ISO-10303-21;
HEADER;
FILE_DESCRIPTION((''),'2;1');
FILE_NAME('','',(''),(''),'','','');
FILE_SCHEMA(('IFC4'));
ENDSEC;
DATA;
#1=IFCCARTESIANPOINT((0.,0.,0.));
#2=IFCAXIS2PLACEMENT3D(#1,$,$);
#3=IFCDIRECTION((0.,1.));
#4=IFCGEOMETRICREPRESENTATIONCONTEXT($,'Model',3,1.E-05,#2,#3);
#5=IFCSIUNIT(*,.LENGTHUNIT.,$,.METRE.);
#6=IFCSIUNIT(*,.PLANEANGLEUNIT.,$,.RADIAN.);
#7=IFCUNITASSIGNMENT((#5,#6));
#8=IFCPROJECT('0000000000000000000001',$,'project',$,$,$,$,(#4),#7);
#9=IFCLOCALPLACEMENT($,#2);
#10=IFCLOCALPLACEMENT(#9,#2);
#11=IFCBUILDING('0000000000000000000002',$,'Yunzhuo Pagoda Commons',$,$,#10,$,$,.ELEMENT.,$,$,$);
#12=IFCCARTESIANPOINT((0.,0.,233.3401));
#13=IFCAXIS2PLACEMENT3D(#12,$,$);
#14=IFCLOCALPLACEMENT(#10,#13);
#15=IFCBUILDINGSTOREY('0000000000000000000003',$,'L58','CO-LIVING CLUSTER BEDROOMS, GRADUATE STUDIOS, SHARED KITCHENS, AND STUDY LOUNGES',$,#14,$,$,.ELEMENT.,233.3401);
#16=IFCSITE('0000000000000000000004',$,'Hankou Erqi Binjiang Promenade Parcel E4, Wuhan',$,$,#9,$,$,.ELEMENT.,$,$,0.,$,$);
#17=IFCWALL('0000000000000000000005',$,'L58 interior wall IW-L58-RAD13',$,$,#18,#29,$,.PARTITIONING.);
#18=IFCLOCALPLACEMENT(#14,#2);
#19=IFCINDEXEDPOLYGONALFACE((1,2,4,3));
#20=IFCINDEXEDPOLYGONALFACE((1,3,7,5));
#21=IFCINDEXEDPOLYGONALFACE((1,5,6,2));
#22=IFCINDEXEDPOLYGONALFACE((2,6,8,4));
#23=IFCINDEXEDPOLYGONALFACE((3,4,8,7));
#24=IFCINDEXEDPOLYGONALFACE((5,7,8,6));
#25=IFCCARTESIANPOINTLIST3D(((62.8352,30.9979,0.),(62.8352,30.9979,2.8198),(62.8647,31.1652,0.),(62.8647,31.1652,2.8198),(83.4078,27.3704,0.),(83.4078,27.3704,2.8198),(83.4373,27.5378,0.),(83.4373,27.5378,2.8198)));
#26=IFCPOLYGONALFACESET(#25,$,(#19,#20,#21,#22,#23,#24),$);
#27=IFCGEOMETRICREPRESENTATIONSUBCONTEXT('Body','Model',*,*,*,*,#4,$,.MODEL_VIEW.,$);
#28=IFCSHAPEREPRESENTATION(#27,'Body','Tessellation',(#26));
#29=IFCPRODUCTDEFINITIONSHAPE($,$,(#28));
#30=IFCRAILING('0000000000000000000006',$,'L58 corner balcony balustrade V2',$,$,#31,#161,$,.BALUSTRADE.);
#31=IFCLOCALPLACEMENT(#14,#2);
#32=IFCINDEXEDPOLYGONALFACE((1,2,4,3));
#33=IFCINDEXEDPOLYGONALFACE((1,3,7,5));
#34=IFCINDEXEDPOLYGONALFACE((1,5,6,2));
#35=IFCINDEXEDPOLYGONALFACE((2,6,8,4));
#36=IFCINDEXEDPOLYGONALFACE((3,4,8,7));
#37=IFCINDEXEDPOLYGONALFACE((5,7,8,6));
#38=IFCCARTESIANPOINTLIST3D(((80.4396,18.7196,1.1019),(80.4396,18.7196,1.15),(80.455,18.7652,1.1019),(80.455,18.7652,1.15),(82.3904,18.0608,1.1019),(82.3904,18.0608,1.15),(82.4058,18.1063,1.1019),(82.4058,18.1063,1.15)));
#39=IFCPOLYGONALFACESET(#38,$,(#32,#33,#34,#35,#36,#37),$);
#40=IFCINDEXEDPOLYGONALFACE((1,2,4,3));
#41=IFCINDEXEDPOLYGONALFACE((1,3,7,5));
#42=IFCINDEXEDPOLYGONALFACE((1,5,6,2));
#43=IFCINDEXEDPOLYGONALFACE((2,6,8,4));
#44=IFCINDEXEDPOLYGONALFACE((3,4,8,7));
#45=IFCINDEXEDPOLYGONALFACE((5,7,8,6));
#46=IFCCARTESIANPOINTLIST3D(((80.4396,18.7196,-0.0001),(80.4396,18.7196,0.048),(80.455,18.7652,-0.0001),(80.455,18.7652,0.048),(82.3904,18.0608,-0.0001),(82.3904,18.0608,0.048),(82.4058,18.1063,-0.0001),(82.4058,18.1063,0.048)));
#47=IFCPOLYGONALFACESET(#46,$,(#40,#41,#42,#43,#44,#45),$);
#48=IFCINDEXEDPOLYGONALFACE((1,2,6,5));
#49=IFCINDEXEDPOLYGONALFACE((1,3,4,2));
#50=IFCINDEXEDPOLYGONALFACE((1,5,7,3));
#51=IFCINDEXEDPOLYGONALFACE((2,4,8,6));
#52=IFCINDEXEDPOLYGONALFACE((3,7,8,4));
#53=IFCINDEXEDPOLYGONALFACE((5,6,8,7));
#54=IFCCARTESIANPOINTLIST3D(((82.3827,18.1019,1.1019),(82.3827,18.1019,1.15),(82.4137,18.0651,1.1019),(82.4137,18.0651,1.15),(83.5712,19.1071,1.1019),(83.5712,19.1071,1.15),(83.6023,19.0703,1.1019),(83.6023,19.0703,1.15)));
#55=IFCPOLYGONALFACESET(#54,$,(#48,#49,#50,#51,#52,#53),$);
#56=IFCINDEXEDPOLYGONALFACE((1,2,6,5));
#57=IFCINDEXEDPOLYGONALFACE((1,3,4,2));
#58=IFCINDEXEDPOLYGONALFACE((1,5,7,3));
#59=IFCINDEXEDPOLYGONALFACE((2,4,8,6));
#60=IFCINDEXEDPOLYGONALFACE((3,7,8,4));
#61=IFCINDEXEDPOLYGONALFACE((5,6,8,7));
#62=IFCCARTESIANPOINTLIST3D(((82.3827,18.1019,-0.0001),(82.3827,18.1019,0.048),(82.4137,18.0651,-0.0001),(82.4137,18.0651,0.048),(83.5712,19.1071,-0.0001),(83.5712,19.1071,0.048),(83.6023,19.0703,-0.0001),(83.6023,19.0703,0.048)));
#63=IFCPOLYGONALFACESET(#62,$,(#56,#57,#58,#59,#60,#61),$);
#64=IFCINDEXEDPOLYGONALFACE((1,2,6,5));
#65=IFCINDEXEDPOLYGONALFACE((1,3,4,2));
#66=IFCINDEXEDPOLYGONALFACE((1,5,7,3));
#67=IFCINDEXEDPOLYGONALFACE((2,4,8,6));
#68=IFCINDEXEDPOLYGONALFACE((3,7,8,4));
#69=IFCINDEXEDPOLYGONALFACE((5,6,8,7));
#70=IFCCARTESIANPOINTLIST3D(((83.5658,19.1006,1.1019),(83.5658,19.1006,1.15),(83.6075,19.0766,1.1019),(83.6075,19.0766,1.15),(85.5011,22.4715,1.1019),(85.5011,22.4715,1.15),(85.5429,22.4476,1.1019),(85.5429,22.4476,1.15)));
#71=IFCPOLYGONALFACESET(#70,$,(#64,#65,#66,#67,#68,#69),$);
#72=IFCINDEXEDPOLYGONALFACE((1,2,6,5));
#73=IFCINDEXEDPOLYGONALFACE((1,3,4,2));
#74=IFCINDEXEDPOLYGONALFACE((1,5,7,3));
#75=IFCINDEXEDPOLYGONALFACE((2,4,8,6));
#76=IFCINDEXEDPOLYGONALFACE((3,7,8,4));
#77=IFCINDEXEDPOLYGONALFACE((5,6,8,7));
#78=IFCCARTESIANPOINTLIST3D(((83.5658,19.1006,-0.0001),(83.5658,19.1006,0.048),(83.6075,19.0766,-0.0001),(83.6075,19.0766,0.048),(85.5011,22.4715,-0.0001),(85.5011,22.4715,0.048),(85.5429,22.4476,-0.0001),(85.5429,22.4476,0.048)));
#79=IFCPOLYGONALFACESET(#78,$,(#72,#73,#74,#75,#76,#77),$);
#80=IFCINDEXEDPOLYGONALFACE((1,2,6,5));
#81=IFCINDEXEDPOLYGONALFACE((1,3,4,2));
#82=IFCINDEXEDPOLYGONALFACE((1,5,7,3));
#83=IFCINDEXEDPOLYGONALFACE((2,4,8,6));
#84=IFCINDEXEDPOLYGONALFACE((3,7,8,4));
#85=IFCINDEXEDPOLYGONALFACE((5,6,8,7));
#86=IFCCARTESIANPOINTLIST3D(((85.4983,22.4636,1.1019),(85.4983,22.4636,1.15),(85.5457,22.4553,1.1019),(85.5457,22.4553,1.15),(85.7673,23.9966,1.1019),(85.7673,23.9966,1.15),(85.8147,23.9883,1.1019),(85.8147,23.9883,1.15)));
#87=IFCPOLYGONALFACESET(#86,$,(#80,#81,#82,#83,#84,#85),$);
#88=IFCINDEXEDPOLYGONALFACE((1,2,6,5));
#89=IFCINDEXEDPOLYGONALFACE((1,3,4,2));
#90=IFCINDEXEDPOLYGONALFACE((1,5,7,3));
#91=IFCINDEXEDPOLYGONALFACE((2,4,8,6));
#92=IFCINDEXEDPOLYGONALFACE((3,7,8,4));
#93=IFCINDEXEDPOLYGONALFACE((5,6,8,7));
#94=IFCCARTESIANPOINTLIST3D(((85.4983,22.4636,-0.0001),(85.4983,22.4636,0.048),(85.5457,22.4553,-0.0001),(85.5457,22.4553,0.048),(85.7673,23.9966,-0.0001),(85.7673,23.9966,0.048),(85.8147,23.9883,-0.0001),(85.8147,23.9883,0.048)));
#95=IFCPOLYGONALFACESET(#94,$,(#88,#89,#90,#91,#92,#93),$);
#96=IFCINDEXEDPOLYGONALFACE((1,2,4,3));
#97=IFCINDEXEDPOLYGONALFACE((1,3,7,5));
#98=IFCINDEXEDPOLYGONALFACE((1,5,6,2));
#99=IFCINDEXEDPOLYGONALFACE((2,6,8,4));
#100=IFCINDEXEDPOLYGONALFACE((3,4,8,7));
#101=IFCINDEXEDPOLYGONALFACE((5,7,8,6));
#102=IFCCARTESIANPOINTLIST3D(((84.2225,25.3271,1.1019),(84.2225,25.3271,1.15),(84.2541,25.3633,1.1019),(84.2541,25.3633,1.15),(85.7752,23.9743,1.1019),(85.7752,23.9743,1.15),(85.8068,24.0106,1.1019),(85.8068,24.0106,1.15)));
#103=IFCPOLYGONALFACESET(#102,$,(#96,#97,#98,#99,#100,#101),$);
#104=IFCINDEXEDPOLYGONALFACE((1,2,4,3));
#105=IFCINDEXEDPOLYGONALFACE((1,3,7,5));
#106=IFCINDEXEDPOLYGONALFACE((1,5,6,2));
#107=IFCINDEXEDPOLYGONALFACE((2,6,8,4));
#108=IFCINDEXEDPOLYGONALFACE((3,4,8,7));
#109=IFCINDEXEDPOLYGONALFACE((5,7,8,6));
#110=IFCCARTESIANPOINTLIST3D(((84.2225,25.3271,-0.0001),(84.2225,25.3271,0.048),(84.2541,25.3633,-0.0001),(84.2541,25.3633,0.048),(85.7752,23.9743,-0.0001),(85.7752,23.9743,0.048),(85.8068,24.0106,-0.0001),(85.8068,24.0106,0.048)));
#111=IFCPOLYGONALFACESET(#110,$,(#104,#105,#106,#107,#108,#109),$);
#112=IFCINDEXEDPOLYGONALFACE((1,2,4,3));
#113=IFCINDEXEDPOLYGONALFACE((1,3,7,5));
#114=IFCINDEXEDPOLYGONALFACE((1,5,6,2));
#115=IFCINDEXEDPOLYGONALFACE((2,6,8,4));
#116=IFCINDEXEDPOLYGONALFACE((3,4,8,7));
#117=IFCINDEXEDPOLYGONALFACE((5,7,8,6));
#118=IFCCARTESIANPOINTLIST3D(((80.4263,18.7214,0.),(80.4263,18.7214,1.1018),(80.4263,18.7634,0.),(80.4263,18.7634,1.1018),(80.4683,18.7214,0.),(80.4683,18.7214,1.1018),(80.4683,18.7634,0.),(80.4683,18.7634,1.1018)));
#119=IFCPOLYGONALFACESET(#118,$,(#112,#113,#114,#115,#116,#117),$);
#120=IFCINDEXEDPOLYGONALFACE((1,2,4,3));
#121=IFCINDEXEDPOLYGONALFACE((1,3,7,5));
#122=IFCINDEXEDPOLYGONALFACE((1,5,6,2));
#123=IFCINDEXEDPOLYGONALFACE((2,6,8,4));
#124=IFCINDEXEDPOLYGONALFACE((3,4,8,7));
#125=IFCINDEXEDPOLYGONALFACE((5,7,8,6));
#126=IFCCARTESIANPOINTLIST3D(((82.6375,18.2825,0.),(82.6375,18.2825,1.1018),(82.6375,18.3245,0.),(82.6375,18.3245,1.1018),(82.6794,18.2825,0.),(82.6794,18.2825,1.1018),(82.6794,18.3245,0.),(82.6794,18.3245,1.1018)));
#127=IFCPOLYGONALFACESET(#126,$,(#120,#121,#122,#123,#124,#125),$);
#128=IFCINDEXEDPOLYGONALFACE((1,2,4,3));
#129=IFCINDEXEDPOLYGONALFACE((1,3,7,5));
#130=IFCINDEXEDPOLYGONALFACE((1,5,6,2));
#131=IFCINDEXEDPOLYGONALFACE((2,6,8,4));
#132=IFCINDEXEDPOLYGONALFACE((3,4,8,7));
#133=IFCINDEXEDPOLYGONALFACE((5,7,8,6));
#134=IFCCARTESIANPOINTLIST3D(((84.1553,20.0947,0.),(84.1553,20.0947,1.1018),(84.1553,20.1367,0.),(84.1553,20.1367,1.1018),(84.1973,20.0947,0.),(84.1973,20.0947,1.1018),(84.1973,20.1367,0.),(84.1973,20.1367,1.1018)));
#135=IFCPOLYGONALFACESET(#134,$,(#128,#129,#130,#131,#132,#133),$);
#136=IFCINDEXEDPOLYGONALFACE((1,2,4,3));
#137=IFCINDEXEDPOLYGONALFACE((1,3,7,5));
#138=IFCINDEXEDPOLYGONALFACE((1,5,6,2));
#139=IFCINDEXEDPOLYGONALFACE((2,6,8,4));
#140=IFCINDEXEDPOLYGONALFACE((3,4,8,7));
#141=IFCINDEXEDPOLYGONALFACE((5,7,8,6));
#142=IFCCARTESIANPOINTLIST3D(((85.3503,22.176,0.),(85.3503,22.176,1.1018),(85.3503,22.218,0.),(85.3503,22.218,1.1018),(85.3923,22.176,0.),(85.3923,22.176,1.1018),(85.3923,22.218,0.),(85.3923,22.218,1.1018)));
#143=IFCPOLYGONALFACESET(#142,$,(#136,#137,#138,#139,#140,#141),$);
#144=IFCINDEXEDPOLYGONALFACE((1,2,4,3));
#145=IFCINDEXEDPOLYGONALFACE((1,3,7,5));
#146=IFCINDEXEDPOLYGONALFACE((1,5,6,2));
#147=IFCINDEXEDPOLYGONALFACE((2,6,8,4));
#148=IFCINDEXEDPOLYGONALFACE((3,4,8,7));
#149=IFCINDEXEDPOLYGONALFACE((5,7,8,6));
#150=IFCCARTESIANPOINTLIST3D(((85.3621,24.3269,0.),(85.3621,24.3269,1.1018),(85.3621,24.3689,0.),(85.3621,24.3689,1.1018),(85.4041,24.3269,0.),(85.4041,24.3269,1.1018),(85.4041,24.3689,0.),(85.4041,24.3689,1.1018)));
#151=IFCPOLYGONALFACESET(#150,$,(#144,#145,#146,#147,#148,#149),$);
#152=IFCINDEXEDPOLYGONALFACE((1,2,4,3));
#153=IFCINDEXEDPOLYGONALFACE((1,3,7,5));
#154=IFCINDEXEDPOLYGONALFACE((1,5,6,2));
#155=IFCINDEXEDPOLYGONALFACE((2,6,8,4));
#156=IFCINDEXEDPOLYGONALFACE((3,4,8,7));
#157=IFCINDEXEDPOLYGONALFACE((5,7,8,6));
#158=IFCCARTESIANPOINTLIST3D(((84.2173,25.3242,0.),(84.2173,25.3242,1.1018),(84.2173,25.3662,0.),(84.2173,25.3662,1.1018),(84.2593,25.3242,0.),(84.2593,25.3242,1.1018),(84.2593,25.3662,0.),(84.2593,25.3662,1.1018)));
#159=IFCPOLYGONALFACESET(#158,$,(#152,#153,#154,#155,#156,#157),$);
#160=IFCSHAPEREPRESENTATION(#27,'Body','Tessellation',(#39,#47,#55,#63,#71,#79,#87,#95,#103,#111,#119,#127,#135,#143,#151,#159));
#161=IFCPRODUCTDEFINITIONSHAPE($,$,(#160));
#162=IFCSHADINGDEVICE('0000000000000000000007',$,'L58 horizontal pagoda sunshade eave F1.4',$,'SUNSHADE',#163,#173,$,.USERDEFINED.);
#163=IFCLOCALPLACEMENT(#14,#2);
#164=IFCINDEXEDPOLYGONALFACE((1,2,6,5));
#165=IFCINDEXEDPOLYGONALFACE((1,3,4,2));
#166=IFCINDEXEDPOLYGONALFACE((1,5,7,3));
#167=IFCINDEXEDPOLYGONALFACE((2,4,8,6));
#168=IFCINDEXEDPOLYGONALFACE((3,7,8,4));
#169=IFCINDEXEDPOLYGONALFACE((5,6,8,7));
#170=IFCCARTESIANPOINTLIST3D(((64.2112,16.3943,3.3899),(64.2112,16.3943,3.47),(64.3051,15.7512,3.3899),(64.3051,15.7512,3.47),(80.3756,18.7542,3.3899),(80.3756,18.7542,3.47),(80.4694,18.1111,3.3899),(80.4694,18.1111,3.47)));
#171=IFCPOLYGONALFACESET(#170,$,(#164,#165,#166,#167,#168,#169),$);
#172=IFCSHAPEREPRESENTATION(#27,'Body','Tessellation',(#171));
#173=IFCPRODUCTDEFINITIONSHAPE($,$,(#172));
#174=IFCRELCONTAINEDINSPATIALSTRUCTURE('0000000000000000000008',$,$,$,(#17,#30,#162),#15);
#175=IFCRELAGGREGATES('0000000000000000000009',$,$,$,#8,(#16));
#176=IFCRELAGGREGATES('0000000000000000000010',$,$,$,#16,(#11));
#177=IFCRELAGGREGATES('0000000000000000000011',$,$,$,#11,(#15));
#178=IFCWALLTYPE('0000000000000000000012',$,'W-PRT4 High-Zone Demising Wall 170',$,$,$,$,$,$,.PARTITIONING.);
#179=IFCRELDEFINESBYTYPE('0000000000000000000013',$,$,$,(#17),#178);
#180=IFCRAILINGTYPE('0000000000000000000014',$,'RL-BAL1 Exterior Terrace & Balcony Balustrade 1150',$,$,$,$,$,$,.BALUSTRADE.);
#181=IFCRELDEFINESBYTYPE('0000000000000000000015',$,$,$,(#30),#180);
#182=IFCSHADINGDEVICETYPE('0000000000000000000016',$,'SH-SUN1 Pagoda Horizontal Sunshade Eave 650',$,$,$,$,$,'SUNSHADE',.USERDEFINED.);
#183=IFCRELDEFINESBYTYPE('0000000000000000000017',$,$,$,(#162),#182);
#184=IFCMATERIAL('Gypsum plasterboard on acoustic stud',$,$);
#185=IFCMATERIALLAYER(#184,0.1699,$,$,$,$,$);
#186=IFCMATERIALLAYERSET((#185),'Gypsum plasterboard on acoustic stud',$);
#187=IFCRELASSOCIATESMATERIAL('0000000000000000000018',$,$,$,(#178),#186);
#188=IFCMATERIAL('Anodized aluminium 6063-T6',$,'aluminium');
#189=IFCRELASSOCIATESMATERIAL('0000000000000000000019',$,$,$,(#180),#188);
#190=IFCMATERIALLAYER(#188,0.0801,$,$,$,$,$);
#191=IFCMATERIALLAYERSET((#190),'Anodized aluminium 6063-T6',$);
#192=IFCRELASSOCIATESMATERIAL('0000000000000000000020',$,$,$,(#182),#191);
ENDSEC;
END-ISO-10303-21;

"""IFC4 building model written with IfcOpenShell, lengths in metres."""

from ifc_helpers import new_model, si_unit, direction, frame, frame_2d, origin, origin_2d, place, context, subcontext, project, spatial, rectangle, extrude, source, transform, mapped, material, layer, layer_set, type_object, element, save


model = new_model("IFC4")

# Units and contexts
model_context = context("Model", 3, precision=1e-05, world=origin(), true_north=direction((0.0, 1.0)))
body_context = subcontext(model_context, "Body", "Model", "MODEL_VIEW")
ifc_project = project(units=[si_unit("LENGTHUNIT", "METRE"), si_unit("PLANEANGLEUNIT", "RADIAN")], contexts=[model_context])

# Site, building, storey
site_placement = place(None, origin())
site = spatial("IfcSite", under=ifc_project, at=site_placement, Name="Hankou Erqi Binjiang Promenade Parcel E4, Wuhan", CompositionType="ELEMENT", RefElevation=0.0)
building_placement = place(site_placement, origin())
building = spatial("IfcBuilding", under=site, at=building_placement, Name="Yunzhuo Pagoda Commons", CompositionType="ELEMENT")
storey_placement = place(building_placement, frame((0.0, 0.0, 233.3401)))
storey = spatial("IfcBuildingStorey", under=building, at=storey_placement, Name="L58", Description="CO-LIVING CLUSTER BEDROOMS, GRADUATE STUDIOS, SHARED KITCHENS, AND STUDY LOUNGES", CompositionType="ELEMENT", Elevation=233.3401)

# Shared definitions
ifc_material_1 = material(Name="Anodized aluminium 6063-T6", Category="aluminium")

# Wall
ifc_material_2 = material(Name="Gypsum plasterboard on acoustic stud")
ifc_layer_1 = layer(ifc_material_2, 0.1699)
ifc_layer_set_1 = layer_set([ifc_layer_1], Name="Gypsum plasterboard on acoustic stud")
wall_type_1 = type_object("IfcWallType", Name="W-PRT4 High-Zone Demising Wall 170", PredefinedType="PARTITIONING", material=ifc_layer_set_1)
wall_1_placement = place(storey_placement, frame((62.8501, 31.0815, 0.0), z_axis=(0.0, 0.0, 1.0), x_axis=(0.984808, -0.173646, 0.0)))
element("IfcWall", 1, at=wall_1_placement, inside=storey, type_object=wall_type_1, Name="L58 interior wall IW-L58-RAD13", PredefinedType="PARTITIONING", context=body_context, shape_type="SweptSolid", body=[
    extrude(rectangle(XDim=20.8899, YDim=0.1699, at=frame_2d((10.4448, 0.0))), origin(), (0.0, 0.0, 1.0), 2.8198),
])

# Railing
railing_type = type_object("IfcRailingType", Name="RL-BAL1 Exterior Terrace & Balcony Balustrade 1150", PredefinedType="BALUSTRADE", material=ifc_material_1)
railing_placement = place(storey_placement, frame((80.4473, 18.7424, 0.0)))
element("IfcRailing", 2, at=railing_placement, inside=storey, type_object=railing_type, Name="L58 corner balcony balustrade V2", PredefinedType="BALUSTRADE", context=body_context, shape_type="SweptSolid", body=[
    extrude(rectangle(XDim=0.0481, YDim=0.0481, at=origin_2d()), frame((0.0, 0.0, 1.126), z_axis=(0.947419, -0.319996, 0.0), x_axis=(0.319996, 0.947419, 0.0)), (0.0, 0.0, 1.0), 2.0591),
    extrude(rectangle(XDim=0.0481, YDim=0.0481, at=origin_2d()), frame((0.0, 0.0, 0.0239), z_axis=(0.947419, -0.319996, 0.0), x_axis=(0.319996, 0.947419, 0.0)), (0.0, 0.0, 1.0), 2.0591),
    extrude(rectangle(XDim=0.0481, YDim=0.0481, at=origin_2d()), frame((1.9509, -0.6589, 1.126), z_axis=(0.763547, 0.645752, 0.0), x_axis=(-0.645752, 0.763547, 0.0)), (0.0, 0.0, 1.0), 1.5566),
    extrude(rectangle(XDim=0.0481, YDim=0.0481, at=origin_2d()), frame((1.9509, -0.6589, 0.0239), z_axis=(0.763547, 0.645752, 0.0), x_axis=(-0.645752, 0.763547, 0.0)), (0.0, 0.0, 1.0), 1.5566),
    extrude(rectangle(XDim=0.0481, YDim=0.0481, at=origin_2d()), frame((3.1394, 0.3462, 1.126), z_axis=(0.497903, 0.867233, 0.0), x_axis=(-0.867233, 0.497903, 0.0)), (0.0, 0.0, 1.0), 3.887),
    extrude(rectangle(XDim=0.0481, YDim=0.0481, at=origin_2d()), frame((3.1394, 0.3462, 0.0239), z_axis=(0.497903, 0.867233, 0.0), x_axis=(-0.867233, 0.497903, 0.0)), (0.0, 0.0, 1.0), 3.887),
    extrude(rectangle(XDim=0.0481, YDim=0.0481, at=origin_2d()), frame((5.0747, 3.717, 1.126), z_axis=(0.172864, 0.984946, 0.0), x_axis=(-0.984946, 0.172864, 0.0)), (0.0, 0.0, 1.0), 1.5564),
    extrude(rectangle(XDim=0.0481, YDim=0.0481, at=origin_2d()), frame((5.0747, 3.717, 0.0239), z_axis=(0.172864, 0.984946, 0.0), x_axis=(-0.984946, 0.172864, 0.0)), (0.0, 0.0, 1.0), 1.5564),
    extrude(rectangle(XDim=0.0481, YDim=0.0481, at=origin_2d()), frame((5.3438, 5.25, 1.126), z_axis=(-0.753985, 0.656892, 0.0), x_axis=(-0.656892, -0.753985, 0.0)), (0.0, 0.0, 1.0), 2.0593),
    extrude(rectangle(XDim=0.0481, YDim=0.0481, at=origin_2d()), frame((5.3438, 5.25, 0.0239), z_axis=(-0.753985, 0.656892, 0.0), x_axis=(-0.656892, -0.753985, 0.0)), (0.0, 0.0, 1.0), 2.0593),
    extrude(rectangle(XDim=0.042, YDim=0.042, at=origin_2d()), origin(), (0.0, 0.0, 1.0), 1.1018),
    extrude(rectangle(XDim=0.042, YDim=0.042, at=origin_2d()), frame((2.2112, -0.439, 0.0)), (0.0, 0.0, 1.0), 1.1018),
    extrude(rectangle(XDim=0.042, YDim=0.042, at=origin_2d()), frame((3.729, 1.3733, 0.0)), (0.0, 0.0, 1.0), 1.1018),
    extrude(rectangle(XDim=0.042, YDim=0.042, at=origin_2d()), frame((4.9241, 3.4546, 0.0)), (0.0, 0.0, 1.0), 1.1018),
    extrude(rectangle(XDim=0.042, YDim=0.042, at=origin_2d()), frame((4.9358, 5.6055, 0.0)), (0.0, 0.0, 1.0), 1.1018),
    extrude(rectangle(XDim=0.042, YDim=0.042, at=origin_2d()), frame((3.791, 6.6028, 0.0)), (0.0, 0.0, 1.0), 1.1018),
])

# Shading device
ifc_layer_2 = layer(ifc_material_1, 0.0801)
ifc_layer_set_2 = layer_set([ifc_layer_2], Name="Anodized aluminium 6063-T6")
shading_device_type = type_object("IfcShadingDeviceType", Name="SH-SUN1 Pagoda Horizontal Sunshade Eave 650", ElementType="SUNSHADE", PredefinedType="USERDEFINED", material=ifc_layer_set_2)
shared_shape_1 = source(origin(), body_context, "Body", "SweptSolid", [
    extrude(rectangle(XDim=16.3357, YDim=0.6499, at=origin_2d()), origin(), (0.0, 0.0, 1.0), 0.0801),
])
shading_device_placement = place(storey_placement, frame((72.3403, 17.2527, 3.3899), z_axis=(0.0, 0.0, 1.0), x_axis=(0.989511, 0.14446, 0.0)))
element("IfcShadingDevice", 3, at=shading_device_placement, inside=storey, type_object=shading_device_type, Name="L58 horizontal pagoda sunshade eave F1.4", ObjectType="SUNSHADE", PredefinedType="USERDEFINED", context=body_context, shape_type="MappedRepresentation", body=[
    mapped(shared_shape_1, transform((0.0, 0.0, 0.0), scale=1.0)),
])

save(model, "model.ifc")
